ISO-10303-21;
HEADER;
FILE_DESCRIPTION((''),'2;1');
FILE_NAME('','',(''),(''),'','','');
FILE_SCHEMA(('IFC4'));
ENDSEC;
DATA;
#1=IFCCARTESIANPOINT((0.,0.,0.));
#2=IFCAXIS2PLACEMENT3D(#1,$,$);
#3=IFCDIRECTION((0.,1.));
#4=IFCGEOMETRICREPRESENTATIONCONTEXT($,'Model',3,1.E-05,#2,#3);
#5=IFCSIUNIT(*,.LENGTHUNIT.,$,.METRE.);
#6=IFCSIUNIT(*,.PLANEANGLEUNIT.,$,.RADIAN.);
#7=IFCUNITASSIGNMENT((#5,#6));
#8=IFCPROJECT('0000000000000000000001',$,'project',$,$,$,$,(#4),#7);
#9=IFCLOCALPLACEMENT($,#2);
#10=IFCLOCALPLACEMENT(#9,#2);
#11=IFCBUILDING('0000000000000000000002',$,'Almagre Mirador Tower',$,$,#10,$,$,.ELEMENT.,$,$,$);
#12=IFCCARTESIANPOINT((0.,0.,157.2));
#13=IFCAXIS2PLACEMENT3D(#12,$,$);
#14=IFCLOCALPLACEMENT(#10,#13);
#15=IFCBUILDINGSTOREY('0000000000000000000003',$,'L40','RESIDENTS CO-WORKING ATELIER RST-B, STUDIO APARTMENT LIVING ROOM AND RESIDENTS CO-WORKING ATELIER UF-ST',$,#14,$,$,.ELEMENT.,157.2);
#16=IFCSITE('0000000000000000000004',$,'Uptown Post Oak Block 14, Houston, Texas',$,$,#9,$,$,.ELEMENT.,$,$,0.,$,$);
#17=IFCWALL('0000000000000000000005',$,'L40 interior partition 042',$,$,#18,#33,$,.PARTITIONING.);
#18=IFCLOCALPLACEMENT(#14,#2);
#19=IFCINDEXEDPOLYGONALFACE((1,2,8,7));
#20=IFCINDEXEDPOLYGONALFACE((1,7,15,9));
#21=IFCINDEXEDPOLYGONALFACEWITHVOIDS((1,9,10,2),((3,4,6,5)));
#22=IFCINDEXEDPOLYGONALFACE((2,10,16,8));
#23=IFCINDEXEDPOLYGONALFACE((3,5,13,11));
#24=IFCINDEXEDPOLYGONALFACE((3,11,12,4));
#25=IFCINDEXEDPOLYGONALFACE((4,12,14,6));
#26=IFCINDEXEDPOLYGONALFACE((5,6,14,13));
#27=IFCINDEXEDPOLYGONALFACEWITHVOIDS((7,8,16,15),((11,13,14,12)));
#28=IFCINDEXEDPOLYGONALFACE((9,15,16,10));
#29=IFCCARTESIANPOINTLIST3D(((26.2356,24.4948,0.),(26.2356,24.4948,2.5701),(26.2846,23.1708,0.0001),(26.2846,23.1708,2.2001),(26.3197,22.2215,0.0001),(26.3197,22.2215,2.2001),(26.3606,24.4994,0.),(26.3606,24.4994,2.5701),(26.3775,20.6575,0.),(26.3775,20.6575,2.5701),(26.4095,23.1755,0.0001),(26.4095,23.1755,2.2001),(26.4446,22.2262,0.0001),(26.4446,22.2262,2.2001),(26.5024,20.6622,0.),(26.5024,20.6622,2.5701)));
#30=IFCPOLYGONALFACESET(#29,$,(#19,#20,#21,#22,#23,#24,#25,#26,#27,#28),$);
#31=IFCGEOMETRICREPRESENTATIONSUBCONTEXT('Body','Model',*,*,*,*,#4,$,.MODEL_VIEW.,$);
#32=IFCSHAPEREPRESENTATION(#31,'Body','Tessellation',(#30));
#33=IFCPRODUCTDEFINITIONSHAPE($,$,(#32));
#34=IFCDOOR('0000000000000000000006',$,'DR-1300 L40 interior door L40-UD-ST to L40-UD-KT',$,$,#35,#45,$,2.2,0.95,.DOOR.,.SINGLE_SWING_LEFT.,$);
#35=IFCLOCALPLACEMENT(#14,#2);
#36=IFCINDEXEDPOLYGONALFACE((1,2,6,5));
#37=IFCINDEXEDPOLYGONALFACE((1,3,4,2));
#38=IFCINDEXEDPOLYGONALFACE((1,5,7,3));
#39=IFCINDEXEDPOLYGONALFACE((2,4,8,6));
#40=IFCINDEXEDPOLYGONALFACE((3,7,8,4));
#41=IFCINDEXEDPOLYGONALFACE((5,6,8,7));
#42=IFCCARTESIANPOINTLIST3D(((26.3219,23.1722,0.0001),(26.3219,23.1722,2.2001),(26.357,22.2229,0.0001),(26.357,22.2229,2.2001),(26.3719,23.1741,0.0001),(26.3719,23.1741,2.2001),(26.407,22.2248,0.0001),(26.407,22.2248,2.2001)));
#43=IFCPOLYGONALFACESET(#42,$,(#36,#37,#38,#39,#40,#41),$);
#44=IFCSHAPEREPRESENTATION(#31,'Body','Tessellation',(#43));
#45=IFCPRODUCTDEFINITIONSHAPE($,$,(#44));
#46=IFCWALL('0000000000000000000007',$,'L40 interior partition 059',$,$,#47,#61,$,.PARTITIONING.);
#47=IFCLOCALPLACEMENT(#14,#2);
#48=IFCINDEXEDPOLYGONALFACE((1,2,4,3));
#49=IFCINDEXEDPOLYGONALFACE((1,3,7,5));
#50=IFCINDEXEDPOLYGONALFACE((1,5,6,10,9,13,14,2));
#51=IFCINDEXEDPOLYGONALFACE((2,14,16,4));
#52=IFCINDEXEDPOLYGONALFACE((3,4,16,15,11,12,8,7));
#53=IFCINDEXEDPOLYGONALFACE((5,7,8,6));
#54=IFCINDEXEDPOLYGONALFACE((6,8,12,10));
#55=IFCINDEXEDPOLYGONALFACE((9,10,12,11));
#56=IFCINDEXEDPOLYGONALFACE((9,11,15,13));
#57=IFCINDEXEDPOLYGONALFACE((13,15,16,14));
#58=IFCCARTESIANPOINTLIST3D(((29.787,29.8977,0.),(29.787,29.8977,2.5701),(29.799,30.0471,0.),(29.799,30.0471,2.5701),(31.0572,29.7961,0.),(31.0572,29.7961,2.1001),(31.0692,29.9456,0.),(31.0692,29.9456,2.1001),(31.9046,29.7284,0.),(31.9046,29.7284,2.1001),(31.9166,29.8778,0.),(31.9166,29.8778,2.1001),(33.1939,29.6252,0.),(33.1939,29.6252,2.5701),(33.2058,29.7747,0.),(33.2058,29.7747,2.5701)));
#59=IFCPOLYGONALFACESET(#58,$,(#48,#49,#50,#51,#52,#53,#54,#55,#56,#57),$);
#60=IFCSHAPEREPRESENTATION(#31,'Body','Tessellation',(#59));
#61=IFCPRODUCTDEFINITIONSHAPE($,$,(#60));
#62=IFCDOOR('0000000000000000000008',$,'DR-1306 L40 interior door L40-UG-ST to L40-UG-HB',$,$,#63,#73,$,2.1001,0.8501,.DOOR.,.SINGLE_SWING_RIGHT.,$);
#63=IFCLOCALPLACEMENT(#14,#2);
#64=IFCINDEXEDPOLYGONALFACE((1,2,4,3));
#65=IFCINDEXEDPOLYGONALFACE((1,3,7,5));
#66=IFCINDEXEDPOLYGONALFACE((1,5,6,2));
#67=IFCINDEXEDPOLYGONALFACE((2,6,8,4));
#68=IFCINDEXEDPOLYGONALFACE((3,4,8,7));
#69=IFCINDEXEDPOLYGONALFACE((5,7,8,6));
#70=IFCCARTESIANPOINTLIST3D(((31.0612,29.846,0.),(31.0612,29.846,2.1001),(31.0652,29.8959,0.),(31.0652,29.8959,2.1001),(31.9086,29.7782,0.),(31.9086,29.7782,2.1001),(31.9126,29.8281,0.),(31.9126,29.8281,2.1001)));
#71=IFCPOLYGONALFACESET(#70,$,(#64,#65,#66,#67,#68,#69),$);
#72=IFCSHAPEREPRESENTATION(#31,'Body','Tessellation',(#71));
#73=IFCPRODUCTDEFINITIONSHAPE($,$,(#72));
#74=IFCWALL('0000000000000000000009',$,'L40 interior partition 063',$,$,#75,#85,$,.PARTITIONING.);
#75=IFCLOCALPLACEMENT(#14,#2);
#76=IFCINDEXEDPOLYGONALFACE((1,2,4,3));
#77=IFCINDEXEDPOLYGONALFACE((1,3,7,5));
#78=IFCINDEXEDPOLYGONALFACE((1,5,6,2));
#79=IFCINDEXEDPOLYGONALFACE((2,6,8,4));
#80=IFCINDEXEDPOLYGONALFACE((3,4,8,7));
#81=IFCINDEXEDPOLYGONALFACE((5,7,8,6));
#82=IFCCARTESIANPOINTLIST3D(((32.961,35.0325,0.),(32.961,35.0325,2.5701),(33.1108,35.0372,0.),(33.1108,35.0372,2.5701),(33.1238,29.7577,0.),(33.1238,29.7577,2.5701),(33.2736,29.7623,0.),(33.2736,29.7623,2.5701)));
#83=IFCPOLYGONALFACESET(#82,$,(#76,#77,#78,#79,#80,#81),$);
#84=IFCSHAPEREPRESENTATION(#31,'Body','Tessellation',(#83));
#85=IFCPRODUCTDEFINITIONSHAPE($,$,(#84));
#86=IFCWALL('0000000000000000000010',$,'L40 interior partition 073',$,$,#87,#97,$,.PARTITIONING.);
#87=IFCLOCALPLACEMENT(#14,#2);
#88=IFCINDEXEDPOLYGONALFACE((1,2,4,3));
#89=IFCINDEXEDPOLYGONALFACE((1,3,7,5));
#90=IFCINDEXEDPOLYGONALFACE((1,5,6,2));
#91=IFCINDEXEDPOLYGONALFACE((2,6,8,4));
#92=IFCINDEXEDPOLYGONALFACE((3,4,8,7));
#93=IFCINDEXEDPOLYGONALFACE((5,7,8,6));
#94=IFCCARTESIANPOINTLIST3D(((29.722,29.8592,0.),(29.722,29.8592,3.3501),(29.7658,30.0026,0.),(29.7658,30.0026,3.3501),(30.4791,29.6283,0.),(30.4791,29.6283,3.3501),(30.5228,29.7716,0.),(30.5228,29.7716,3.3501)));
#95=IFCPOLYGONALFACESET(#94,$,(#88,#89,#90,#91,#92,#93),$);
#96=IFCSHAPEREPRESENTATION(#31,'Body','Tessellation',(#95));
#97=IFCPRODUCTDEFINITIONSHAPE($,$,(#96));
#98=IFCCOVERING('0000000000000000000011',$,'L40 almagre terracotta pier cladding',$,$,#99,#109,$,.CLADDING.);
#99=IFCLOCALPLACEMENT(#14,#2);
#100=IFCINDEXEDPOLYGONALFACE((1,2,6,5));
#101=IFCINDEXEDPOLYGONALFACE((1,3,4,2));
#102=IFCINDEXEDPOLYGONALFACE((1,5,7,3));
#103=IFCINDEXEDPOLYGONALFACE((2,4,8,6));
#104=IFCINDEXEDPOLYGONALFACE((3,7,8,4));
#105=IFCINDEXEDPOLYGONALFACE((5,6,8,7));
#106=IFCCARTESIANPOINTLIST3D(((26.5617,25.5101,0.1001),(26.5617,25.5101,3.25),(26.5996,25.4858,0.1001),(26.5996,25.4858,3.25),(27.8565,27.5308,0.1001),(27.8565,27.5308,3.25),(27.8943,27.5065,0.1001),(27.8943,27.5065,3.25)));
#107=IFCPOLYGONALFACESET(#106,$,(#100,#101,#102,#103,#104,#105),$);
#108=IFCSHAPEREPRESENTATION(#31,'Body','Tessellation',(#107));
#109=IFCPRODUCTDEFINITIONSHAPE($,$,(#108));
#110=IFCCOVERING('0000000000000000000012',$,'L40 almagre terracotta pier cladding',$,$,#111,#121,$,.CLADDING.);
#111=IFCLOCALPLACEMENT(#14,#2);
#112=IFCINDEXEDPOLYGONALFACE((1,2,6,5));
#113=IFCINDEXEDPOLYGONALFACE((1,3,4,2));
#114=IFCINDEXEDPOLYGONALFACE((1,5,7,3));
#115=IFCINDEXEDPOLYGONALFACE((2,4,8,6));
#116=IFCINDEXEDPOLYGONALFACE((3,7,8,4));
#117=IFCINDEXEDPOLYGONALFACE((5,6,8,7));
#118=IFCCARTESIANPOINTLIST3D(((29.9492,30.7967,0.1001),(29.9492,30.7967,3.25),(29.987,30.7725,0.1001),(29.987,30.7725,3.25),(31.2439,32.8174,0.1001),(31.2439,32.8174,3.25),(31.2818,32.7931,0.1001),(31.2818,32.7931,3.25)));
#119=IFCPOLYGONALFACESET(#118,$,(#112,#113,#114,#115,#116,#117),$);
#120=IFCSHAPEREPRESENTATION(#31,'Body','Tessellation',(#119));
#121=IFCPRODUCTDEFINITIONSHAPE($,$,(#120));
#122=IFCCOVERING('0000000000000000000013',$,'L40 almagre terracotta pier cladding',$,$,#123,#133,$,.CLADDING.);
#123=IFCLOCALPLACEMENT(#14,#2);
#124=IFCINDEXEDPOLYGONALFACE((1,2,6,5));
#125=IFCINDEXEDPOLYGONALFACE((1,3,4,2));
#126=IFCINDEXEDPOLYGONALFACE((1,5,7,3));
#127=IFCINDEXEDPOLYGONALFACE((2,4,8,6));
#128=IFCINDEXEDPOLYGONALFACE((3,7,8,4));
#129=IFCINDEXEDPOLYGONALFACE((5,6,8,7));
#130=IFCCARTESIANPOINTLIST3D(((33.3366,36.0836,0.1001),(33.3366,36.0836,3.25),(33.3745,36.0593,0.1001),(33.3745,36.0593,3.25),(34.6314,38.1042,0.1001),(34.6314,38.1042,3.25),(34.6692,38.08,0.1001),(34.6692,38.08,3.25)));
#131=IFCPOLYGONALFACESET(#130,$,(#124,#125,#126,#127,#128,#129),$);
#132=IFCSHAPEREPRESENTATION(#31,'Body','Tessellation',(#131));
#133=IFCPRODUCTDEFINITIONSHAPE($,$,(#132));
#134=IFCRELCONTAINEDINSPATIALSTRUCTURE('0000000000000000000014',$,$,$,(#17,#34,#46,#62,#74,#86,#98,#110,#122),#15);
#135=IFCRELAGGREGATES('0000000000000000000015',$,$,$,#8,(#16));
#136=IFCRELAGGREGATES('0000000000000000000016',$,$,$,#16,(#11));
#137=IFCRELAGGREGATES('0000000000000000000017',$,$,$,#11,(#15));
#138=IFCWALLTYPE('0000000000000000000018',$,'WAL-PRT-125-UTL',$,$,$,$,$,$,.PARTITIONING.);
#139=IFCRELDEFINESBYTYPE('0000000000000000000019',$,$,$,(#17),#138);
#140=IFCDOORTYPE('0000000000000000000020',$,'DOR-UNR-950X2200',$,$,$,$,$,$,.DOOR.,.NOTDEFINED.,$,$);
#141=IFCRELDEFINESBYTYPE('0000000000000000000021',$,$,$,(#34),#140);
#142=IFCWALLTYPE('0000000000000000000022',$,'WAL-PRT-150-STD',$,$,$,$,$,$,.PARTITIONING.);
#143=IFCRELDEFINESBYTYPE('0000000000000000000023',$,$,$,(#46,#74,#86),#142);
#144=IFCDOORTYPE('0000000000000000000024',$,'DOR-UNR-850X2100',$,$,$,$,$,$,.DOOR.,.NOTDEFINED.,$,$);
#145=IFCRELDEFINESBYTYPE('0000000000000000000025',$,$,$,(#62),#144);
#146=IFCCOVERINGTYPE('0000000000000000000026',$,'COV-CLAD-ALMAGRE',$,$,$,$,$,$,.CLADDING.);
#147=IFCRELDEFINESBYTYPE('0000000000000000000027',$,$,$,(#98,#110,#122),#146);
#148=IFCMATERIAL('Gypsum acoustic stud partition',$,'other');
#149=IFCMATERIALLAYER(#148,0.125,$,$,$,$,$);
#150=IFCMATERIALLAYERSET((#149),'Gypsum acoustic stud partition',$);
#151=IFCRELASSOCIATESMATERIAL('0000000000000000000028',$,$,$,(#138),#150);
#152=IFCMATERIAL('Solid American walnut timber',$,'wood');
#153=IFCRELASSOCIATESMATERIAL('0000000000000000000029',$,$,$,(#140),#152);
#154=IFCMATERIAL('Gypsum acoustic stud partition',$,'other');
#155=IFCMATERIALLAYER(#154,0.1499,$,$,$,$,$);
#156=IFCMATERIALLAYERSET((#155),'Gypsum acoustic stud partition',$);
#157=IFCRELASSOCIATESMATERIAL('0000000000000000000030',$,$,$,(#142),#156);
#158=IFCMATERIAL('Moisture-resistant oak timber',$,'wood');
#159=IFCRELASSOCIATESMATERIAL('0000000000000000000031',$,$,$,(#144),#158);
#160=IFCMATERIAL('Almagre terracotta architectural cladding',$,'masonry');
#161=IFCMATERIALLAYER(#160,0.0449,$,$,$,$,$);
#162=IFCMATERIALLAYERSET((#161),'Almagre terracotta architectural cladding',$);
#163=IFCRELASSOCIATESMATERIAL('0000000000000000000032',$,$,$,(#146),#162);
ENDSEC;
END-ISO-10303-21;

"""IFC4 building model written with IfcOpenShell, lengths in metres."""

from ifc_helpers import new_model, si_unit, direction, frame, frame_2d, origin, origin_2d, place, context, subcontext, project, spatial, rectangle, extrude, material, layer, layer_set, type_object, element, fill, save


model = new_model("IFC4")

# Units and contexts
model_context = context("Model", 3, precision=1e-05, world=origin(), true_north=direction((0.0, 1.0)))
body_context = subcontext(model_context, "Body", "Model", "MODEL_VIEW")
ifc_project = project(units=[si_unit("LENGTHUNIT", "METRE"), si_unit("PLANEANGLEUNIT", "RADIAN")], contexts=[model_context])

# Site, building, storey
site_placement = place(None, origin())
site = spatial("IfcSite", under=ifc_project, at=site_placement, Name="Uptown Post Oak Block 14, Houston, Texas", CompositionType="ELEMENT", RefElevation=0.0)
building_placement = place(site_placement, origin())
building = spatial("IfcBuilding", under=site, at=building_placement, Name="Almagre Mirador Tower", CompositionType="ELEMENT")
storey_placement = place(building_placement, frame((0.0, 0.0, 157.2)))
storey = spatial("IfcBuildingStorey", under=building, at=storey_placement, Name="L40", Description="RESIDENTS CO-WORKING ATELIER RST-B, STUDIO APARTMENT LIVING ROOM AND RESIDENTS CO-WORKING ATELIER UF-ST", CompositionType="ELEMENT", Elevation=157.2)

# Walls, openings, doors
ifc_material_1 = material(Name="Gypsum acoustic stud partition", Category="other")
ifc_layer_1 = layer(ifc_material_1, 0.125)
ifc_layer_set_1 = layer_set([ifc_layer_1], Name="Gypsum acoustic stud partition")
wall_type_1 = type_object("IfcWallType", Name="WAL-PRT-125-UTL", PredefinedType="PARTITIONING", material=ifc_layer_set_1)
wall_1_placement = place(storey_placement, frame((26.2981, 24.4971, 0.0), z_axis=(0.0, 0.0, 1.0), x_axis=(0.036941, -0.999317, 0.0)))
wall_1 = element("IfcWall", 1, at=wall_1_placement, inside=storey, type_object=wall_type_1, Name="L40 interior partition 042", PredefinedType="PARTITIONING", context=body_context, shape_type="SweptSolid", body=[
    extrude(rectangle(XDim=3.8398, YDim=0.125, at=frame_2d((1.9199, 0.0))), origin(), (0.0, 0.0, 1.0), 2.5701),
])
opening_1_placement = place(wall_1_placement, frame((1.3247, 0.0, 0.0)))
opening_1 = element("IfcOpeningElement", 2, at=opening_1_placement, cuts=wall_1, PredefinedType="OPENING", context=body_context, shape_type="SweptSolid", body=[
    extrude(rectangle(XDim=0.95, YDim=2.2, at=frame_2d((0.4751, 1.1001))), frame((0.0, 0.0725, 0.0), z_axis=(0.0, -1.0, 0.0), x_axis=(1.0, 0.0, 0.0)), (0.0, 0.0, 1.0), 0.145),
])
ifc_material_2 = material(Name="Solid American walnut timber", Category="wood")
door_type_1 = type_object("IfcDoorType", Name="DOR-UNR-950X2200", OperationType="NOTDEFINED", PredefinedType="DOOR", material=ifc_material_2)
door_1_placement = place(opening_1_placement, origin())
door_1 = element("IfcDoor", 3, at=door_1_placement, inside=storey, type_object=door_type_1, Name="DR-1300 L40 interior door L40-UD-ST to L40-UD-KT", OperationType="SINGLE_SWING_LEFT", OverallHeight=2.2, OverallWidth=0.95, PredefinedType="DOOR", context=body_context, shape_type="SweptSolid", body=[
    extrude(rectangle(XDim=0.95, YDim=2.2, at=frame_2d((0.4751, 1.1001))), frame((0.0, 0.0249, 0.0), z_axis=(0.0, -1.0, 0.0), x_axis=(1.0, 0.0, 0.0)), (0.0, 0.0, 1.0), 0.05),
])
fill(opening_1, door_1)
ifc_material_3 = material(Name="Gypsum acoustic stud partition", Category="other")
ifc_layer_2 = layer(ifc_material_3, 0.1499)
ifc_layer_set_2 = layer_set([ifc_layer_2], Name="Gypsum acoustic stud partition")
wall_type_2 = type_object("IfcWallType", Name="WAL-PRT-150-STD", PredefinedType="PARTITIONING", material=ifc_layer_set_2)
wall_2_placement = place(storey_placement, frame((33.2, 29.7, 0.0), z_axis=(0.0, 0.0, 1.0), x_axis=(-0.996817, 0.079723, 0.0)))
wall_2 = element("IfcWall", 4, at=wall_2_placement, inside=storey, type_object=wall_type_2, Name="L40 interior partition 059", PredefinedType="PARTITIONING", context=body_context, shape_type="SweptSolid", body=[
    extrude(rectangle(XDim=3.4177, YDim=0.1499, at=frame_2d((1.709, 0.0))), origin(), (0.0, 0.0, 1.0), 2.5701),
])
opening_2_placement = place(wall_2_placement, frame((1.2935, 0.0, 0.0)))
opening_2 = element("IfcOpeningElement", 5, at=opening_2_placement, cuts=wall_2, PredefinedType="OPENING", context=body_context, shape_type="SweptSolid", body=[
    extrude(rectangle(XDim=0.8501, YDim=2.1001, at=frame_2d((0.425, 1.05))), frame((0.0, 0.085, 0.0), z_axis=(0.0, -1.0, 0.0), x_axis=(1.0, 0.0, 0.0)), (0.0, 0.0, 1.0), 0.1699),
])
ifc_material_4 = material(Name="Moisture-resistant oak timber", Category="wood")
door_type_2 = type_object("IfcDoorType", Name="DOR-UNR-850X2100", OperationType="NOTDEFINED", PredefinedType="DOOR", material=ifc_material_4)
door_2_placement = place(opening_2_placement, origin())
door_2 = element("IfcDoor", 6, at=door_2_placement, inside=storey, type_object=door_type_2, Name="DR-1306 L40 interior door L40-UG-ST to L40-UG-HB", OperationType="SINGLE_SWING_RIGHT", OverallHeight=2.1001, OverallWidth=0.8501, PredefinedType="DOOR", context=body_context, shape_type="SweptSolid", body=[
    extrude(rectangle(XDim=0.8501, YDim=2.1001, at=frame_2d((0.425, 1.05))), frame((0.0, 0.0249, 0.0), z_axis=(0.0, -1.0, 0.0), x_axis=(1.0, 0.0, 0.0)), (0.0, 0.0, 1.0), 0.05),
])
fill(opening_2, door_2)

# Walls
wall_3_placement = place(storey_placement, frame((33.1987, 29.76, 0.0), z_axis=(0.0, 0.0, 1.0), x_axis=(-0.030856, 0.999524, 0.0)))
element("IfcWall", 7, at=wall_3_placement, inside=storey, type_object=wall_type_2, Name="L40 interior partition 063", PredefinedType="PARTITIONING", context=body_context, shape_type="SweptSolid", body=[
    extrude(rectangle(XDim=5.2773, YDim=0.1499, at=frame_2d((2.6387, 0.0))), origin(), (0.0, 0.0, 1.0), 2.5701),
])
wall_4_placement = place(storey_placement, frame((29.7439, 29.9309, 0.0), z_axis=(0.0, 0.0, 1.0), x_axis=(0.956483, -0.291788, 0.0)))
element("IfcWall", 8, at=wall_4_placement, inside=storey, type_object=wall_type_2, Name="L40 interior partition 073", PredefinedType="PARTITIONING", context=body_context, shape_type="SweptSolid", body=[
    extrude(rectangle(XDim=0.7915, YDim=0.1499, at=frame_2d((0.3958, 0.0))), origin(), (0.0, 0.0, 1.0), 3.3501),
])

# Coverings
ifc_material_5 = material(Name="Almagre terracotta architectural cladding", Category="masonry")
ifc_layer_3 = layer(ifc_material_5, 0.0449)
ifc_layer_set_3 = layer_set([ifc_layer_3], Name="Almagre terracotta architectural cladding")
covering_type = type_object("IfcCoveringType", Name="COV-CLAD-ALMAGRE", PredefinedType="CLADDING", material=ifc_layer_set_3)
for number, where, z_axis, x_axis, name in (
    (9, (27.228, 26.5083, 0.1001), (0.0, 0.0, 1.0), (0.539506, 0.841982, 0.0), "L40 almagre terracotta pier cladding"),
    (10, (30.6155, 31.7949, 0.1001), (0.0, 0.0, 1.0), (0.539506, 0.841982, 0.0), "L40 almagre terracotta pier cladding"),
    (11, (34.0029, 37.0818, 0.1001), (0.0, 0.0, 1.0), (0.539506, 0.841982, 0.0), "L40 almagre terracotta pier cladding"),
):
    element("IfcCovering", number, at=place(storey_placement, frame(where, z_axis=z_axis, x_axis=x_axis)), inside=storey, type_object=covering_type, Name=name, PredefinedType="CLADDING", context=body_context, shape_type="SweptSolid", body=[
        extrude(rectangle(XDim=2.3999, YDim=0.0449, at=origin_2d()), origin(), (0.0, 0.0, 1.0), 3.1499),
    ])

save(model, "model.ifc")
